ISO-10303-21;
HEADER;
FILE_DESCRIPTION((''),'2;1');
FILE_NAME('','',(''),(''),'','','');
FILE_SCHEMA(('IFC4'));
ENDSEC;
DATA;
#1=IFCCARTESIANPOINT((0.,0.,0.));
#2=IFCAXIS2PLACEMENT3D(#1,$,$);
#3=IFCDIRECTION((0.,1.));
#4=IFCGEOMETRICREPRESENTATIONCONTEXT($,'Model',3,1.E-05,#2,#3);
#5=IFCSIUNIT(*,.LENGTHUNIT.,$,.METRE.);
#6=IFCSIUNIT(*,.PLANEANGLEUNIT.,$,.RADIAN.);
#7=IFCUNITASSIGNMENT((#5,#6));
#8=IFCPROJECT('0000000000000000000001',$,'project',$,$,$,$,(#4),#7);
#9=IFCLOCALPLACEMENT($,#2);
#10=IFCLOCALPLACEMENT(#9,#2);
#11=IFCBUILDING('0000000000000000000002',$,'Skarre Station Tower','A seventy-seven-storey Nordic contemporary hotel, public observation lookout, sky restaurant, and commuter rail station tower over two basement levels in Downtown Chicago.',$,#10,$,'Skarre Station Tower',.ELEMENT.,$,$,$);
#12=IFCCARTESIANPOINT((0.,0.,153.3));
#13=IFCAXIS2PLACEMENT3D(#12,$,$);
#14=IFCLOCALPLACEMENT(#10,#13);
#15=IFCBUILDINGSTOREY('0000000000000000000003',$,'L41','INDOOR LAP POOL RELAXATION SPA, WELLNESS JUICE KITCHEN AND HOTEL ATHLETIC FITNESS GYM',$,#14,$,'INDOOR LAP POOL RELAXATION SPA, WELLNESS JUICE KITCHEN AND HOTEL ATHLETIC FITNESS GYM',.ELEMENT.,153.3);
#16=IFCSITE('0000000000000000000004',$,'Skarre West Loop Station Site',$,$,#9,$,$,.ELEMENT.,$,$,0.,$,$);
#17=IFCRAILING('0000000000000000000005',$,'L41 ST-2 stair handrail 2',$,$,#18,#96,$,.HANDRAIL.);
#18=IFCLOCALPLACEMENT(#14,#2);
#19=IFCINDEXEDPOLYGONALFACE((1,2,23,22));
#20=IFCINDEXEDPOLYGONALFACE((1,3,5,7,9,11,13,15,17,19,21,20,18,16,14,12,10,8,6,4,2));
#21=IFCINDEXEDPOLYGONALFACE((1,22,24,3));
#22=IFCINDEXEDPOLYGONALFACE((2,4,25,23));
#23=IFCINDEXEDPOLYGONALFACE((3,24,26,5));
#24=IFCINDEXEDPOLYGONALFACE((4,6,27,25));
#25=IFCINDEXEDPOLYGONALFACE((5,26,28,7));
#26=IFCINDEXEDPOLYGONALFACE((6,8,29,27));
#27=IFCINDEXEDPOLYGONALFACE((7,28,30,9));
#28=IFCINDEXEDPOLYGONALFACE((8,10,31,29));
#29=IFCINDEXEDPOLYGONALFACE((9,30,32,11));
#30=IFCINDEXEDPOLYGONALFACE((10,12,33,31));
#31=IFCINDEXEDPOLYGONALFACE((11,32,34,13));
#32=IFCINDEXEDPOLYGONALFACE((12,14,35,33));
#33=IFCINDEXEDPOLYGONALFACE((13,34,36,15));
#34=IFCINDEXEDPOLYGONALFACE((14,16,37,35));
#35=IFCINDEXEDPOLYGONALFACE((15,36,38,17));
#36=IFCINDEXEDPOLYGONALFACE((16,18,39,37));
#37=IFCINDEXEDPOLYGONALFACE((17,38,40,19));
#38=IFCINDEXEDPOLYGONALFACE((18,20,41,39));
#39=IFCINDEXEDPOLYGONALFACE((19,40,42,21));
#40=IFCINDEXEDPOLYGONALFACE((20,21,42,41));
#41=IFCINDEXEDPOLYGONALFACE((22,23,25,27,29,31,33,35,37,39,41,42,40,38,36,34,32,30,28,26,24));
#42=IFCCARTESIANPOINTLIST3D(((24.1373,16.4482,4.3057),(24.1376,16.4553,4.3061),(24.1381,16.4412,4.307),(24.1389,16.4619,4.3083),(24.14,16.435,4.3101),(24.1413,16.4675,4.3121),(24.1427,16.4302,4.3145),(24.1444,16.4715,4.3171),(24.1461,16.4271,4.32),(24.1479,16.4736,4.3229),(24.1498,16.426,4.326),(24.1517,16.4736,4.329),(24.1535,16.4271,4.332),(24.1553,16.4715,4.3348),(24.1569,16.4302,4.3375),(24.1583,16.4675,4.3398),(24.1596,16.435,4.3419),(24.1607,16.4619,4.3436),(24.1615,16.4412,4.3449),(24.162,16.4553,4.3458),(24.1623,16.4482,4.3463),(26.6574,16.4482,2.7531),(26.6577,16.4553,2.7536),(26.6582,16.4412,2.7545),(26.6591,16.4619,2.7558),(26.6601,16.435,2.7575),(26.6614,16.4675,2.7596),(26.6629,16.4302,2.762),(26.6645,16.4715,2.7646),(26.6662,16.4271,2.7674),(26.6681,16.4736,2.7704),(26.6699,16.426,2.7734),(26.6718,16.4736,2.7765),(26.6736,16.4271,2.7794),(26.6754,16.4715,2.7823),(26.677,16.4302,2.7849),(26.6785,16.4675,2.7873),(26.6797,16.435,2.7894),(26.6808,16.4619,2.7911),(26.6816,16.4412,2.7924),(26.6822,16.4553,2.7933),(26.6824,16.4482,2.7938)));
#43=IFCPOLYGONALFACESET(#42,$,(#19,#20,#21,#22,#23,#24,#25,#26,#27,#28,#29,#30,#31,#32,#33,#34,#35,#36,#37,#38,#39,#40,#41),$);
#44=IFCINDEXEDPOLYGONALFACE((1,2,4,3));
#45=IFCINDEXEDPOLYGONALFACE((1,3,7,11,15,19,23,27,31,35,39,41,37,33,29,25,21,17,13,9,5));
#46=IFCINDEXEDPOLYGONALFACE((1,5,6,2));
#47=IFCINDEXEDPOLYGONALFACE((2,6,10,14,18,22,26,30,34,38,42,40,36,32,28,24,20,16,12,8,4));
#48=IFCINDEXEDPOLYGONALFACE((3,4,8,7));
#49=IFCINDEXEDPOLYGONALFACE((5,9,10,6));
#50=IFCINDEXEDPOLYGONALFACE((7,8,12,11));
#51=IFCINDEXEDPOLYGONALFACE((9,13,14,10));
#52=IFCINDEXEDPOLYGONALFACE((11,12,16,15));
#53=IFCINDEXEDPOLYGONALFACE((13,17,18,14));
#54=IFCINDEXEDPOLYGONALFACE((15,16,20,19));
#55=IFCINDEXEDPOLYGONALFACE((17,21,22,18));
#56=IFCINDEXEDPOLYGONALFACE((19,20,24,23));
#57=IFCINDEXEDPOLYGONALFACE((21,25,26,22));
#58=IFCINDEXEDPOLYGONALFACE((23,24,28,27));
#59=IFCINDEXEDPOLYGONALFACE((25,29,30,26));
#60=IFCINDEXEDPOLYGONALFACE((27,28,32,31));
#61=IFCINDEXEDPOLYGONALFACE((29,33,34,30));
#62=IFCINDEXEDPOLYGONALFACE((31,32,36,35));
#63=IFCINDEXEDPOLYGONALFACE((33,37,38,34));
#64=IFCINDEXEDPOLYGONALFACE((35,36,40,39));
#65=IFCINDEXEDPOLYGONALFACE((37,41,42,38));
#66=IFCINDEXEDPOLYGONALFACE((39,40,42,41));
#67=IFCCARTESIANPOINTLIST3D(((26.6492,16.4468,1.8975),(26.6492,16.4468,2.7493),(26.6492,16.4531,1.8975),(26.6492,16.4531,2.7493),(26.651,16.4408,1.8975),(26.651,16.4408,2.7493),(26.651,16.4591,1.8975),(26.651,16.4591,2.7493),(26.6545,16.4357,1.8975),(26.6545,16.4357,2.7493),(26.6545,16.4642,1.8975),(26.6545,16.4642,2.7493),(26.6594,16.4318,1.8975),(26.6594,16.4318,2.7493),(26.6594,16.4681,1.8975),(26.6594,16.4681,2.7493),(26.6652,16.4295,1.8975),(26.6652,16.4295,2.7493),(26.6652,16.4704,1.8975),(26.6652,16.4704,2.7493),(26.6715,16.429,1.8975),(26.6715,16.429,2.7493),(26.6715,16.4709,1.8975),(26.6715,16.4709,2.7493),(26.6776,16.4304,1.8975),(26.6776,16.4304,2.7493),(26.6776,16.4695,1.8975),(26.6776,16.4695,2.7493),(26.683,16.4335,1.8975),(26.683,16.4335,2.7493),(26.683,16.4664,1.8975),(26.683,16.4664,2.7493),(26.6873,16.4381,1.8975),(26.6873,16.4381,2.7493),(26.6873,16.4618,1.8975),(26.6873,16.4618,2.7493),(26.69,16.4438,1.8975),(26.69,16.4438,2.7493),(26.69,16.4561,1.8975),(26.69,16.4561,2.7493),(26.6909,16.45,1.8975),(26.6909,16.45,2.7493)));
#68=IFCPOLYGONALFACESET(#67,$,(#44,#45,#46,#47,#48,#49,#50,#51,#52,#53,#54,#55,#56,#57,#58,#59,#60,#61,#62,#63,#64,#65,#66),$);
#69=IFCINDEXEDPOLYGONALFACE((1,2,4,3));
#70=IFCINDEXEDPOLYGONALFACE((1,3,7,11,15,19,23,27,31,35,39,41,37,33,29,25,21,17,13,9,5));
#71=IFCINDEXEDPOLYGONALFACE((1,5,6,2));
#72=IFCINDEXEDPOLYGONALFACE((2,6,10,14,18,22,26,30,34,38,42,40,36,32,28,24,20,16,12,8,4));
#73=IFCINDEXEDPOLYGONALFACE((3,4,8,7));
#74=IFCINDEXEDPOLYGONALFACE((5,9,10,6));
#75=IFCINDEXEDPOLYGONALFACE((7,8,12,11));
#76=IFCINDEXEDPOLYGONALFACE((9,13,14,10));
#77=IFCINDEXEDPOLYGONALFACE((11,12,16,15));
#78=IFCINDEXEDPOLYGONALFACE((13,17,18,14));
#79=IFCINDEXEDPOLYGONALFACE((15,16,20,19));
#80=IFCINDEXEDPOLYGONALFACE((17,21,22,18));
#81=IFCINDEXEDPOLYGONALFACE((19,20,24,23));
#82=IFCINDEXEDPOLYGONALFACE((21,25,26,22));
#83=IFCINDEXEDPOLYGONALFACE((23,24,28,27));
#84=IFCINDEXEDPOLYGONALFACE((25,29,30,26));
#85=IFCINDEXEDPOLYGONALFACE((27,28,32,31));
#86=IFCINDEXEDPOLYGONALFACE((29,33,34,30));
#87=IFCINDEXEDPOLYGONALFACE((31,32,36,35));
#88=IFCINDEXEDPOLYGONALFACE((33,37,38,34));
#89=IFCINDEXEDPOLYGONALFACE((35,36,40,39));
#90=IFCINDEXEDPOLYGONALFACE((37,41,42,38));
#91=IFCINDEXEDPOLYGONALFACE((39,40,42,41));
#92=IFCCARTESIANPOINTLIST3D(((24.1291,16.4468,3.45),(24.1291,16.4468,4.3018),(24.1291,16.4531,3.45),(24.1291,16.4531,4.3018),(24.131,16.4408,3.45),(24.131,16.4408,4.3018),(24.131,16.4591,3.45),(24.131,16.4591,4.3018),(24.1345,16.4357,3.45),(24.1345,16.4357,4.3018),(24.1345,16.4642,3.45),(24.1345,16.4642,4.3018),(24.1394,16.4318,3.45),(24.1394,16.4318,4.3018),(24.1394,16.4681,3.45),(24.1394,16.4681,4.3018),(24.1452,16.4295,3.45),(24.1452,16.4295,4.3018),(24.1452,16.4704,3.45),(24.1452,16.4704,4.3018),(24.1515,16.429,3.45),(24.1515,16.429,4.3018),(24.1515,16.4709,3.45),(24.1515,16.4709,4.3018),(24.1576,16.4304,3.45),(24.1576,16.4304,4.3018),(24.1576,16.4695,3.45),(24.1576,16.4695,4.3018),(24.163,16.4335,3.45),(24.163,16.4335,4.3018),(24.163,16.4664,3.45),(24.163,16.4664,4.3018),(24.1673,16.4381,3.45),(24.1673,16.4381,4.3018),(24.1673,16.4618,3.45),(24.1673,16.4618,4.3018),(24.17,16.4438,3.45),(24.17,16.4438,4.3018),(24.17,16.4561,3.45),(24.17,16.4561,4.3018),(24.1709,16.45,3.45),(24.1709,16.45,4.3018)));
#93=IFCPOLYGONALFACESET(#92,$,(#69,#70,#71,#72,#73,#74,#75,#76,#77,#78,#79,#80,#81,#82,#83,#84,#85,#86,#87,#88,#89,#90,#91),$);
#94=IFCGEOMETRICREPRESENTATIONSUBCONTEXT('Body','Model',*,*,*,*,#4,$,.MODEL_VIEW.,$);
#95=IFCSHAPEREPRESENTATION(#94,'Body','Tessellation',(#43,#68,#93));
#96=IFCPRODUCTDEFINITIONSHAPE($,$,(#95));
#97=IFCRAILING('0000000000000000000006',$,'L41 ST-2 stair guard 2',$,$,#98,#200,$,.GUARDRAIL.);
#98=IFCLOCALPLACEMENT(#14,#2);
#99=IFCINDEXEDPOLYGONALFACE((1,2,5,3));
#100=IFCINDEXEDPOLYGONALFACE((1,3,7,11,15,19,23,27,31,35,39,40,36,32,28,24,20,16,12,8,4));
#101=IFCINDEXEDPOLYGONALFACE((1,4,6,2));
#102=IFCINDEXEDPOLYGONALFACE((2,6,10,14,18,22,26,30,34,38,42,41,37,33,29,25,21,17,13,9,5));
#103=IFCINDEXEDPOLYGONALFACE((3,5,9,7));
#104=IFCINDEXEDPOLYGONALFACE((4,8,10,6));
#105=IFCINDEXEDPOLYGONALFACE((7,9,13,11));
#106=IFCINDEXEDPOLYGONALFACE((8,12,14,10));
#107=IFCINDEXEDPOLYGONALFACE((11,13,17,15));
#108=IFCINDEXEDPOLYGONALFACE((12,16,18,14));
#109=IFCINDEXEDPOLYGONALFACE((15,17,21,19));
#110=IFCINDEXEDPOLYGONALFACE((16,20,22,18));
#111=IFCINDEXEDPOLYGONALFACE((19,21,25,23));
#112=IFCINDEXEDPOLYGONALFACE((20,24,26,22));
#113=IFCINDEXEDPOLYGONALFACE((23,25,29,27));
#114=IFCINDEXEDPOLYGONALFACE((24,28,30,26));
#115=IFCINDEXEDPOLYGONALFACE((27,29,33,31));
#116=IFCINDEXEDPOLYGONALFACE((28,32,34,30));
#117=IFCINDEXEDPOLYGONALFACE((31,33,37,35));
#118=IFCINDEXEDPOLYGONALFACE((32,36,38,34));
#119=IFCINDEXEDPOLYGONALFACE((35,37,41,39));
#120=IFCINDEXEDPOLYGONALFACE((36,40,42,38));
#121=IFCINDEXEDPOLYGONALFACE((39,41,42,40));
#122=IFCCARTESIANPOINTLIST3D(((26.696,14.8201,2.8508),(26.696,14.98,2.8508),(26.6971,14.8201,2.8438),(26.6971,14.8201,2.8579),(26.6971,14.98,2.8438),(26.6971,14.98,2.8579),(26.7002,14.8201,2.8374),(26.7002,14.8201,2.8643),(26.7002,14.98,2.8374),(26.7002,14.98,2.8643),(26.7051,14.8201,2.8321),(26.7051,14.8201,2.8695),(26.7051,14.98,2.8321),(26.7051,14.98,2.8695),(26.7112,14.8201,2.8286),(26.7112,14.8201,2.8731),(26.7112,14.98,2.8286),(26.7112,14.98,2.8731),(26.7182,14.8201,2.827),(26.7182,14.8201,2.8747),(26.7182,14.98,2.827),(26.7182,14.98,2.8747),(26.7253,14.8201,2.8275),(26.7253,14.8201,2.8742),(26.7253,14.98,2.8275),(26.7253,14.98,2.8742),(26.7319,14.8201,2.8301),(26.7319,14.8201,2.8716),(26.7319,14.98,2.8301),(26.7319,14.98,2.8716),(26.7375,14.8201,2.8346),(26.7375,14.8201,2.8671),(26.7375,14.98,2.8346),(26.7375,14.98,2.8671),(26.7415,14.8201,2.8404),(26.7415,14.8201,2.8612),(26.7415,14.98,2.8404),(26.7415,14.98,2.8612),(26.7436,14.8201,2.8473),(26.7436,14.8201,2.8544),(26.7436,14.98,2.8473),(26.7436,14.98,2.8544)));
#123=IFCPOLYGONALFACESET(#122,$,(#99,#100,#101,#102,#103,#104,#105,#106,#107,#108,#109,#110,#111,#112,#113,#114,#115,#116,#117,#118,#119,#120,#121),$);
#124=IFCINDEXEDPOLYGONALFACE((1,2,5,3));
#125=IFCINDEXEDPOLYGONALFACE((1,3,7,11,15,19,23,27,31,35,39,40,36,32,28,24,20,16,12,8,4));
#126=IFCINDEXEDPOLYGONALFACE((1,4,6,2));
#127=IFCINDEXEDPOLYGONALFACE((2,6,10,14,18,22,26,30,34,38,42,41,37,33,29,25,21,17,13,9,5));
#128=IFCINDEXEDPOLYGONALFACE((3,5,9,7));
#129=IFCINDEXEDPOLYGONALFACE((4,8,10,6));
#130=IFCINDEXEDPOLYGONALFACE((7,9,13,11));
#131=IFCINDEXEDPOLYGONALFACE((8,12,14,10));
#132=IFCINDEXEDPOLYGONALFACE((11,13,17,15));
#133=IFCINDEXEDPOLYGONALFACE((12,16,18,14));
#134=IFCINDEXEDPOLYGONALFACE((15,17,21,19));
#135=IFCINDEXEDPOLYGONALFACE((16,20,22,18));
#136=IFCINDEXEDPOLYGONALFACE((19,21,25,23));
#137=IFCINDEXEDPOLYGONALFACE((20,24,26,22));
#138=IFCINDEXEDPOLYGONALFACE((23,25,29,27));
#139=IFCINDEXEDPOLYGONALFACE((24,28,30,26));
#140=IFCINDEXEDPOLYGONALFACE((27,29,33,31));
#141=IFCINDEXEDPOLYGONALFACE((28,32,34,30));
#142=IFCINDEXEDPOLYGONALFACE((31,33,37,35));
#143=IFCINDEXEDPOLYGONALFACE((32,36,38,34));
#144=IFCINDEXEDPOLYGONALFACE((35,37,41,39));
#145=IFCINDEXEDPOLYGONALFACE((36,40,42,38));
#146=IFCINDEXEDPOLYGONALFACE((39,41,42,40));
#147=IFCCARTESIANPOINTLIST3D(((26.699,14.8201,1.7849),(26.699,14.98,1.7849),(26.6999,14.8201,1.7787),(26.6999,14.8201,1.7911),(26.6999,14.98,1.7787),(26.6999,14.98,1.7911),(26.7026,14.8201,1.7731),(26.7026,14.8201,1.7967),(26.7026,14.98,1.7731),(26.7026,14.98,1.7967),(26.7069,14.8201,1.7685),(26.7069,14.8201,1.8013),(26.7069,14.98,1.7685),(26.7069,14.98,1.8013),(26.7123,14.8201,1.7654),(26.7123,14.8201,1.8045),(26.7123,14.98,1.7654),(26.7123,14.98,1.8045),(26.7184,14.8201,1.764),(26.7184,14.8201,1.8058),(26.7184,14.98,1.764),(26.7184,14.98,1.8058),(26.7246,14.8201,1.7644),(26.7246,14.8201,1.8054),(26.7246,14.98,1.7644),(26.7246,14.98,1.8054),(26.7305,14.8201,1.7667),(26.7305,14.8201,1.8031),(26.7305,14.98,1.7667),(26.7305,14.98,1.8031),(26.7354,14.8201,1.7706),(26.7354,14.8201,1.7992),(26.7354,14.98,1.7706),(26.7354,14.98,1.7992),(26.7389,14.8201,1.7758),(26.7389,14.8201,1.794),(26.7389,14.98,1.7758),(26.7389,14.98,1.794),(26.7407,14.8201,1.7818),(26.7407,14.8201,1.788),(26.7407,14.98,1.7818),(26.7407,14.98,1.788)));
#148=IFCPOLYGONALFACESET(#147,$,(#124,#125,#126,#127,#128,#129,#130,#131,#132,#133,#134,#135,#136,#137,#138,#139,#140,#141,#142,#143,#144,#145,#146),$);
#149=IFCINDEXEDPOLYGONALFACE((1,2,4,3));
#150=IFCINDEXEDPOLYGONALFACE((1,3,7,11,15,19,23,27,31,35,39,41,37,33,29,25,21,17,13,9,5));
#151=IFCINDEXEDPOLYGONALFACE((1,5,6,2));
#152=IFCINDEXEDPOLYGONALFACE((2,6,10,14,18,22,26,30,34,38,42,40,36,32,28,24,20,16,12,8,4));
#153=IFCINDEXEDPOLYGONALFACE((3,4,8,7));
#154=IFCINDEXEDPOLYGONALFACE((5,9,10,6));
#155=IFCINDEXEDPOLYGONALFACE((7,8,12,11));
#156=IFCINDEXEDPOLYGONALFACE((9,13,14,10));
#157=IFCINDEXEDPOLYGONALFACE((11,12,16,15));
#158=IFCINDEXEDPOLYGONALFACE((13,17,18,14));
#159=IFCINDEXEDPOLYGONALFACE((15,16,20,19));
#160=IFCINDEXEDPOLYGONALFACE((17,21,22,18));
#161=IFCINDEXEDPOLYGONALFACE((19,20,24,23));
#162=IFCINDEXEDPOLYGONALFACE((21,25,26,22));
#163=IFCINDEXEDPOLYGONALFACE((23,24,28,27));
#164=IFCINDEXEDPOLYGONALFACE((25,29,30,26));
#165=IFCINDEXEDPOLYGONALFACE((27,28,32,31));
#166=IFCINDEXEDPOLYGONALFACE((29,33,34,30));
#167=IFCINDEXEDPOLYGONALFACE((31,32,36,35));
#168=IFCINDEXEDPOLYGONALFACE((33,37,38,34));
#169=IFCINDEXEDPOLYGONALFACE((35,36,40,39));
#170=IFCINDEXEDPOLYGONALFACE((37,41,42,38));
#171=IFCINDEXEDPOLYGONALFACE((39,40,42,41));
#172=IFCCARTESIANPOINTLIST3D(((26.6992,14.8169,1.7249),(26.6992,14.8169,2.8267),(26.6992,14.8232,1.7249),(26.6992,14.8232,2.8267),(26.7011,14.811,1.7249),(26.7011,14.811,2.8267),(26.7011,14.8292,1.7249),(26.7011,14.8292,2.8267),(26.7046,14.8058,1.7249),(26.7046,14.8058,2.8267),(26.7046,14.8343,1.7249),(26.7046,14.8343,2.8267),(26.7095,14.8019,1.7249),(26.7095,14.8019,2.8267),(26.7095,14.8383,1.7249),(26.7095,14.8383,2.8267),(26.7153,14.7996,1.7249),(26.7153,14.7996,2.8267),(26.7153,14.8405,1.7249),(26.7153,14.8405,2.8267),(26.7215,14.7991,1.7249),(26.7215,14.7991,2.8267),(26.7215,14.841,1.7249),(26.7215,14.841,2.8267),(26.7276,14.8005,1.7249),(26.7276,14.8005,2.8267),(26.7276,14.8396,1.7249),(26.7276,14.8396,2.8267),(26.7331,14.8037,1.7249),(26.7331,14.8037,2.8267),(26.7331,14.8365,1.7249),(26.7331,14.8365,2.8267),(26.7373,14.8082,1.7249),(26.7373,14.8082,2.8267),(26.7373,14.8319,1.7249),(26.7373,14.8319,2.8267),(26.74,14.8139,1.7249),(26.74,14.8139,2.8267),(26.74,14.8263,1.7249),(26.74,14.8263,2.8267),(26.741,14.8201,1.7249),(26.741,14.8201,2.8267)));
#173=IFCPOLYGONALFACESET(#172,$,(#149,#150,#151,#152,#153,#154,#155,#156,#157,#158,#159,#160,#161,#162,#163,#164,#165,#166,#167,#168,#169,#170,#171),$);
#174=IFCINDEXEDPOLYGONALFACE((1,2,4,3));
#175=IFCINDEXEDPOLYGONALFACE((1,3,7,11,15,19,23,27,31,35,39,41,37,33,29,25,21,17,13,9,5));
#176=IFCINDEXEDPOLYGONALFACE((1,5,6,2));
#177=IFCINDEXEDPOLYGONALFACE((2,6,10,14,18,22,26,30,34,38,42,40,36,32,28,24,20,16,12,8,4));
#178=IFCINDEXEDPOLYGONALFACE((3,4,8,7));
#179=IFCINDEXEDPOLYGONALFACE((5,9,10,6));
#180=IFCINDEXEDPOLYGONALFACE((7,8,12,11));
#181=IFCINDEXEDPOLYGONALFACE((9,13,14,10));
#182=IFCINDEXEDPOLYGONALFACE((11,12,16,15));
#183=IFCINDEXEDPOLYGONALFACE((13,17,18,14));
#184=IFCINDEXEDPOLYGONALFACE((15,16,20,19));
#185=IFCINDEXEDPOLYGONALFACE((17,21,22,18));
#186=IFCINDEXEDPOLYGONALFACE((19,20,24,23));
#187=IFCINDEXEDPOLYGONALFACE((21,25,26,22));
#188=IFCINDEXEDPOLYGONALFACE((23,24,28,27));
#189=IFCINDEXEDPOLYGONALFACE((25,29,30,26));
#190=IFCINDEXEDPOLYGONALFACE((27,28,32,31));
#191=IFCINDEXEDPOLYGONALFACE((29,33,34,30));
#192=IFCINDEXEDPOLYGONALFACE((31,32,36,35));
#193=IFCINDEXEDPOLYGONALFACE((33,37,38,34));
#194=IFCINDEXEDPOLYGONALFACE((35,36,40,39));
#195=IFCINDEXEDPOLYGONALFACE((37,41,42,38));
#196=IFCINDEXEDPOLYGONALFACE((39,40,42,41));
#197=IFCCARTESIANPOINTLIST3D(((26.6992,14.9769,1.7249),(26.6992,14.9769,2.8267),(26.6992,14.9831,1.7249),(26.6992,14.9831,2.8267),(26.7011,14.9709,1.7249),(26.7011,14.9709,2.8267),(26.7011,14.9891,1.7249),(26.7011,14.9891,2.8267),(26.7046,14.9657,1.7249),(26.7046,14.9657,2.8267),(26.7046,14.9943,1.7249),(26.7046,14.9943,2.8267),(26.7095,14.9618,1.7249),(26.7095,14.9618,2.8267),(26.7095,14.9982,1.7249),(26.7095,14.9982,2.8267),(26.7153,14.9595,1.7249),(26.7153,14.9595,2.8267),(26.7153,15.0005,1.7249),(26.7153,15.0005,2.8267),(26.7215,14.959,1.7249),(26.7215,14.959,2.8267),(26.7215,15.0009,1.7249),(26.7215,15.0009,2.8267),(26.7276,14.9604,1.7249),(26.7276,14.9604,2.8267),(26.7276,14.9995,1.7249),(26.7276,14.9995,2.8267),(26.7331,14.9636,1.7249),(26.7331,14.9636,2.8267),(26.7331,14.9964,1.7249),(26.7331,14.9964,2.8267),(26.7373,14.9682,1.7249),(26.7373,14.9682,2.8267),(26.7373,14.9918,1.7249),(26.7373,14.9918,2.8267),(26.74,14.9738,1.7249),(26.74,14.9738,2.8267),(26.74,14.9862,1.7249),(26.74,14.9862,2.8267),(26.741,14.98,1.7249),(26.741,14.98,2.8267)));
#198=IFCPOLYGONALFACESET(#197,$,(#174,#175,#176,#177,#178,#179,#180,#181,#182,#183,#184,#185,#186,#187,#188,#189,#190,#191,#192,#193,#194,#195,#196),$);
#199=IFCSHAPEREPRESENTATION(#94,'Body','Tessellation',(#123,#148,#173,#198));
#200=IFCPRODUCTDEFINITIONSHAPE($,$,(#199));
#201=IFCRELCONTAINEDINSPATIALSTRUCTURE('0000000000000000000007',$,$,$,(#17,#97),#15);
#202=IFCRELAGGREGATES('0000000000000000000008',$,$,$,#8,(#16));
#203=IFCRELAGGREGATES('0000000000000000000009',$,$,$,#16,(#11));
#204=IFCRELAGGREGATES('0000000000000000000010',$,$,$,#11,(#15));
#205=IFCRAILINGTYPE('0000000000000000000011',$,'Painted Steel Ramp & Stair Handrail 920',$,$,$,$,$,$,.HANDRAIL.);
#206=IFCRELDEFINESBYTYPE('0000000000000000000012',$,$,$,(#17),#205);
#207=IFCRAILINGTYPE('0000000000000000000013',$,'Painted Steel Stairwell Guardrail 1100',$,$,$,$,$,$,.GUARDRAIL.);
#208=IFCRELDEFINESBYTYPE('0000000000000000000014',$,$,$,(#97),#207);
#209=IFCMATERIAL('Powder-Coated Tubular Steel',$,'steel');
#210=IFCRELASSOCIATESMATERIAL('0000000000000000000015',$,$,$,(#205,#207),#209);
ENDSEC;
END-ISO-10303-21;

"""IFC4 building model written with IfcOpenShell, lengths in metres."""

from ifc_helpers import new_model, si_unit, direction, frame, origin, origin_2d, place, context, subcontext, project, spatial, circle, extrude, material, type_object, element, save


model = new_model("IFC4")

# Units and contexts
model_context = context("Model", 3, precision=1e-05, world=origin(), true_north=direction((0.0, 1.0)))
body_context = subcontext(model_context, "Body", "Model", "MODEL_VIEW")
ifc_project = project(units=[si_unit("LENGTHUNIT", "METRE"), si_unit("PLANEANGLEUNIT", "RADIAN")], contexts=[model_context])

# Site, building, storey
site_placement = place(None, origin())
site = spatial("IfcSite", under=ifc_project, at=site_placement, Name="Skarre West Loop Station Site", CompositionType="ELEMENT", RefElevation=0.0)
building_placement = place(site_placement, origin())
building = spatial("IfcBuilding", under=site, at=building_placement, Name="Skarre Station Tower", Description="A seventy-seven-storey Nordic contemporary hotel, public observation lookout, sky restaurant, and commuter rail station tower over two basement levels in Downtown Chicago.", LongName="Skarre Station Tower", CompositionType="ELEMENT")
storey_placement = place(building_placement, frame((0.0, 0.0, 153.3)))
storey = spatial("IfcBuildingStorey", under=building, at=storey_placement, Name="L41", Description="INDOOR LAP POOL RELAXATION SPA, WELLNESS JUICE KITCHEN AND HOTEL ATHLETIC FITNESS GYM", LongName="INDOOR LAP POOL RELAXATION SPA, WELLNESS JUICE KITCHEN AND HOTEL ATHLETIC FITNESS GYM", CompositionType="ELEMENT", Elevation=153.3)

# Railings
ifc_material_1 = material(Name="Powder-Coated Tubular Steel", Category="steel")
railing_type_1 = type_object("IfcRailingType", Name="Painted Steel Ramp & Stair Handrail 920", PredefinedType="HANDRAIL", material=ifc_material_1)
railing_1_placement = place(storey_placement, frame((26.6699, 16.45, 1.8975)))
element("IfcRailing", 1, at=railing_1_placement, inside=storey, type_object=railing_type_1, Name="L41 ST-2 stair handrail 2", PredefinedType="HANDRAIL", context=body_context, shape_type="SweptSolid", body=[
    extrude(circle(Radius=0.0239, at=origin_2d()), frame((0.0, 0.0, 0.876), z_axis=(-0.8514, 0.0, 0.524516), x_axis=(0.0, -1.0, 0.0)), (0.0, 0.0, 1.0), 2.96),
    extrude(circle(Radius=0.021, at=origin_2d()), origin(), (0.0, 0.0, 1.0), 0.8518),
    extrude(circle(Radius=0.021, at=origin_2d()), frame((-2.52, 0.0, 1.5525)), (0.0, 0.0, 1.0), 0.8518),
])
railing_type_2 = type_object("IfcRailingType", Name="Painted Steel Stairwell Guardrail 1100", PredefinedType="GUARDRAIL", material=ifc_material_1)
railing_2_placement = place(storey_placement, frame((26.72, 14.8201, 1.7249)))
element("IfcRailing", 2, at=railing_2_placement, inside=storey, type_object=railing_type_2, Name="L41 ST-2 stair guard 2", PredefinedType="GUARDRAIL", context=body_context, shape_type="SweptSolid", body=[
    extrude(circle(Radius=0.0239, at=origin_2d()), frame((0.0, 0.0, 1.126), z_axis=(0.0, 1.0, 0.0), x_axis=(-1.0, 0.0, 0.0)), (0.0, 0.0, 1.0), 0.1599),
    extrude(circle(Radius=0.021, at=origin_2d()), frame((0.0, 0.0, 0.0601), z_axis=(0.0, 1.0, 0.0), x_axis=(-1.0, 0.0, 0.0)), (0.0, 0.0, 1.0), 0.1599),
    extrude(circle(Radius=0.021, at=origin_2d()), origin(), (0.0, 0.0, 1.0), 1.1018),
    extrude(circle(Radius=0.021, at=origin_2d()), frame((0.0, 0.1599, 0.0)), (0.0, 0.0, 1.0), 1.1018),
])

save(model, "model.ifc")
